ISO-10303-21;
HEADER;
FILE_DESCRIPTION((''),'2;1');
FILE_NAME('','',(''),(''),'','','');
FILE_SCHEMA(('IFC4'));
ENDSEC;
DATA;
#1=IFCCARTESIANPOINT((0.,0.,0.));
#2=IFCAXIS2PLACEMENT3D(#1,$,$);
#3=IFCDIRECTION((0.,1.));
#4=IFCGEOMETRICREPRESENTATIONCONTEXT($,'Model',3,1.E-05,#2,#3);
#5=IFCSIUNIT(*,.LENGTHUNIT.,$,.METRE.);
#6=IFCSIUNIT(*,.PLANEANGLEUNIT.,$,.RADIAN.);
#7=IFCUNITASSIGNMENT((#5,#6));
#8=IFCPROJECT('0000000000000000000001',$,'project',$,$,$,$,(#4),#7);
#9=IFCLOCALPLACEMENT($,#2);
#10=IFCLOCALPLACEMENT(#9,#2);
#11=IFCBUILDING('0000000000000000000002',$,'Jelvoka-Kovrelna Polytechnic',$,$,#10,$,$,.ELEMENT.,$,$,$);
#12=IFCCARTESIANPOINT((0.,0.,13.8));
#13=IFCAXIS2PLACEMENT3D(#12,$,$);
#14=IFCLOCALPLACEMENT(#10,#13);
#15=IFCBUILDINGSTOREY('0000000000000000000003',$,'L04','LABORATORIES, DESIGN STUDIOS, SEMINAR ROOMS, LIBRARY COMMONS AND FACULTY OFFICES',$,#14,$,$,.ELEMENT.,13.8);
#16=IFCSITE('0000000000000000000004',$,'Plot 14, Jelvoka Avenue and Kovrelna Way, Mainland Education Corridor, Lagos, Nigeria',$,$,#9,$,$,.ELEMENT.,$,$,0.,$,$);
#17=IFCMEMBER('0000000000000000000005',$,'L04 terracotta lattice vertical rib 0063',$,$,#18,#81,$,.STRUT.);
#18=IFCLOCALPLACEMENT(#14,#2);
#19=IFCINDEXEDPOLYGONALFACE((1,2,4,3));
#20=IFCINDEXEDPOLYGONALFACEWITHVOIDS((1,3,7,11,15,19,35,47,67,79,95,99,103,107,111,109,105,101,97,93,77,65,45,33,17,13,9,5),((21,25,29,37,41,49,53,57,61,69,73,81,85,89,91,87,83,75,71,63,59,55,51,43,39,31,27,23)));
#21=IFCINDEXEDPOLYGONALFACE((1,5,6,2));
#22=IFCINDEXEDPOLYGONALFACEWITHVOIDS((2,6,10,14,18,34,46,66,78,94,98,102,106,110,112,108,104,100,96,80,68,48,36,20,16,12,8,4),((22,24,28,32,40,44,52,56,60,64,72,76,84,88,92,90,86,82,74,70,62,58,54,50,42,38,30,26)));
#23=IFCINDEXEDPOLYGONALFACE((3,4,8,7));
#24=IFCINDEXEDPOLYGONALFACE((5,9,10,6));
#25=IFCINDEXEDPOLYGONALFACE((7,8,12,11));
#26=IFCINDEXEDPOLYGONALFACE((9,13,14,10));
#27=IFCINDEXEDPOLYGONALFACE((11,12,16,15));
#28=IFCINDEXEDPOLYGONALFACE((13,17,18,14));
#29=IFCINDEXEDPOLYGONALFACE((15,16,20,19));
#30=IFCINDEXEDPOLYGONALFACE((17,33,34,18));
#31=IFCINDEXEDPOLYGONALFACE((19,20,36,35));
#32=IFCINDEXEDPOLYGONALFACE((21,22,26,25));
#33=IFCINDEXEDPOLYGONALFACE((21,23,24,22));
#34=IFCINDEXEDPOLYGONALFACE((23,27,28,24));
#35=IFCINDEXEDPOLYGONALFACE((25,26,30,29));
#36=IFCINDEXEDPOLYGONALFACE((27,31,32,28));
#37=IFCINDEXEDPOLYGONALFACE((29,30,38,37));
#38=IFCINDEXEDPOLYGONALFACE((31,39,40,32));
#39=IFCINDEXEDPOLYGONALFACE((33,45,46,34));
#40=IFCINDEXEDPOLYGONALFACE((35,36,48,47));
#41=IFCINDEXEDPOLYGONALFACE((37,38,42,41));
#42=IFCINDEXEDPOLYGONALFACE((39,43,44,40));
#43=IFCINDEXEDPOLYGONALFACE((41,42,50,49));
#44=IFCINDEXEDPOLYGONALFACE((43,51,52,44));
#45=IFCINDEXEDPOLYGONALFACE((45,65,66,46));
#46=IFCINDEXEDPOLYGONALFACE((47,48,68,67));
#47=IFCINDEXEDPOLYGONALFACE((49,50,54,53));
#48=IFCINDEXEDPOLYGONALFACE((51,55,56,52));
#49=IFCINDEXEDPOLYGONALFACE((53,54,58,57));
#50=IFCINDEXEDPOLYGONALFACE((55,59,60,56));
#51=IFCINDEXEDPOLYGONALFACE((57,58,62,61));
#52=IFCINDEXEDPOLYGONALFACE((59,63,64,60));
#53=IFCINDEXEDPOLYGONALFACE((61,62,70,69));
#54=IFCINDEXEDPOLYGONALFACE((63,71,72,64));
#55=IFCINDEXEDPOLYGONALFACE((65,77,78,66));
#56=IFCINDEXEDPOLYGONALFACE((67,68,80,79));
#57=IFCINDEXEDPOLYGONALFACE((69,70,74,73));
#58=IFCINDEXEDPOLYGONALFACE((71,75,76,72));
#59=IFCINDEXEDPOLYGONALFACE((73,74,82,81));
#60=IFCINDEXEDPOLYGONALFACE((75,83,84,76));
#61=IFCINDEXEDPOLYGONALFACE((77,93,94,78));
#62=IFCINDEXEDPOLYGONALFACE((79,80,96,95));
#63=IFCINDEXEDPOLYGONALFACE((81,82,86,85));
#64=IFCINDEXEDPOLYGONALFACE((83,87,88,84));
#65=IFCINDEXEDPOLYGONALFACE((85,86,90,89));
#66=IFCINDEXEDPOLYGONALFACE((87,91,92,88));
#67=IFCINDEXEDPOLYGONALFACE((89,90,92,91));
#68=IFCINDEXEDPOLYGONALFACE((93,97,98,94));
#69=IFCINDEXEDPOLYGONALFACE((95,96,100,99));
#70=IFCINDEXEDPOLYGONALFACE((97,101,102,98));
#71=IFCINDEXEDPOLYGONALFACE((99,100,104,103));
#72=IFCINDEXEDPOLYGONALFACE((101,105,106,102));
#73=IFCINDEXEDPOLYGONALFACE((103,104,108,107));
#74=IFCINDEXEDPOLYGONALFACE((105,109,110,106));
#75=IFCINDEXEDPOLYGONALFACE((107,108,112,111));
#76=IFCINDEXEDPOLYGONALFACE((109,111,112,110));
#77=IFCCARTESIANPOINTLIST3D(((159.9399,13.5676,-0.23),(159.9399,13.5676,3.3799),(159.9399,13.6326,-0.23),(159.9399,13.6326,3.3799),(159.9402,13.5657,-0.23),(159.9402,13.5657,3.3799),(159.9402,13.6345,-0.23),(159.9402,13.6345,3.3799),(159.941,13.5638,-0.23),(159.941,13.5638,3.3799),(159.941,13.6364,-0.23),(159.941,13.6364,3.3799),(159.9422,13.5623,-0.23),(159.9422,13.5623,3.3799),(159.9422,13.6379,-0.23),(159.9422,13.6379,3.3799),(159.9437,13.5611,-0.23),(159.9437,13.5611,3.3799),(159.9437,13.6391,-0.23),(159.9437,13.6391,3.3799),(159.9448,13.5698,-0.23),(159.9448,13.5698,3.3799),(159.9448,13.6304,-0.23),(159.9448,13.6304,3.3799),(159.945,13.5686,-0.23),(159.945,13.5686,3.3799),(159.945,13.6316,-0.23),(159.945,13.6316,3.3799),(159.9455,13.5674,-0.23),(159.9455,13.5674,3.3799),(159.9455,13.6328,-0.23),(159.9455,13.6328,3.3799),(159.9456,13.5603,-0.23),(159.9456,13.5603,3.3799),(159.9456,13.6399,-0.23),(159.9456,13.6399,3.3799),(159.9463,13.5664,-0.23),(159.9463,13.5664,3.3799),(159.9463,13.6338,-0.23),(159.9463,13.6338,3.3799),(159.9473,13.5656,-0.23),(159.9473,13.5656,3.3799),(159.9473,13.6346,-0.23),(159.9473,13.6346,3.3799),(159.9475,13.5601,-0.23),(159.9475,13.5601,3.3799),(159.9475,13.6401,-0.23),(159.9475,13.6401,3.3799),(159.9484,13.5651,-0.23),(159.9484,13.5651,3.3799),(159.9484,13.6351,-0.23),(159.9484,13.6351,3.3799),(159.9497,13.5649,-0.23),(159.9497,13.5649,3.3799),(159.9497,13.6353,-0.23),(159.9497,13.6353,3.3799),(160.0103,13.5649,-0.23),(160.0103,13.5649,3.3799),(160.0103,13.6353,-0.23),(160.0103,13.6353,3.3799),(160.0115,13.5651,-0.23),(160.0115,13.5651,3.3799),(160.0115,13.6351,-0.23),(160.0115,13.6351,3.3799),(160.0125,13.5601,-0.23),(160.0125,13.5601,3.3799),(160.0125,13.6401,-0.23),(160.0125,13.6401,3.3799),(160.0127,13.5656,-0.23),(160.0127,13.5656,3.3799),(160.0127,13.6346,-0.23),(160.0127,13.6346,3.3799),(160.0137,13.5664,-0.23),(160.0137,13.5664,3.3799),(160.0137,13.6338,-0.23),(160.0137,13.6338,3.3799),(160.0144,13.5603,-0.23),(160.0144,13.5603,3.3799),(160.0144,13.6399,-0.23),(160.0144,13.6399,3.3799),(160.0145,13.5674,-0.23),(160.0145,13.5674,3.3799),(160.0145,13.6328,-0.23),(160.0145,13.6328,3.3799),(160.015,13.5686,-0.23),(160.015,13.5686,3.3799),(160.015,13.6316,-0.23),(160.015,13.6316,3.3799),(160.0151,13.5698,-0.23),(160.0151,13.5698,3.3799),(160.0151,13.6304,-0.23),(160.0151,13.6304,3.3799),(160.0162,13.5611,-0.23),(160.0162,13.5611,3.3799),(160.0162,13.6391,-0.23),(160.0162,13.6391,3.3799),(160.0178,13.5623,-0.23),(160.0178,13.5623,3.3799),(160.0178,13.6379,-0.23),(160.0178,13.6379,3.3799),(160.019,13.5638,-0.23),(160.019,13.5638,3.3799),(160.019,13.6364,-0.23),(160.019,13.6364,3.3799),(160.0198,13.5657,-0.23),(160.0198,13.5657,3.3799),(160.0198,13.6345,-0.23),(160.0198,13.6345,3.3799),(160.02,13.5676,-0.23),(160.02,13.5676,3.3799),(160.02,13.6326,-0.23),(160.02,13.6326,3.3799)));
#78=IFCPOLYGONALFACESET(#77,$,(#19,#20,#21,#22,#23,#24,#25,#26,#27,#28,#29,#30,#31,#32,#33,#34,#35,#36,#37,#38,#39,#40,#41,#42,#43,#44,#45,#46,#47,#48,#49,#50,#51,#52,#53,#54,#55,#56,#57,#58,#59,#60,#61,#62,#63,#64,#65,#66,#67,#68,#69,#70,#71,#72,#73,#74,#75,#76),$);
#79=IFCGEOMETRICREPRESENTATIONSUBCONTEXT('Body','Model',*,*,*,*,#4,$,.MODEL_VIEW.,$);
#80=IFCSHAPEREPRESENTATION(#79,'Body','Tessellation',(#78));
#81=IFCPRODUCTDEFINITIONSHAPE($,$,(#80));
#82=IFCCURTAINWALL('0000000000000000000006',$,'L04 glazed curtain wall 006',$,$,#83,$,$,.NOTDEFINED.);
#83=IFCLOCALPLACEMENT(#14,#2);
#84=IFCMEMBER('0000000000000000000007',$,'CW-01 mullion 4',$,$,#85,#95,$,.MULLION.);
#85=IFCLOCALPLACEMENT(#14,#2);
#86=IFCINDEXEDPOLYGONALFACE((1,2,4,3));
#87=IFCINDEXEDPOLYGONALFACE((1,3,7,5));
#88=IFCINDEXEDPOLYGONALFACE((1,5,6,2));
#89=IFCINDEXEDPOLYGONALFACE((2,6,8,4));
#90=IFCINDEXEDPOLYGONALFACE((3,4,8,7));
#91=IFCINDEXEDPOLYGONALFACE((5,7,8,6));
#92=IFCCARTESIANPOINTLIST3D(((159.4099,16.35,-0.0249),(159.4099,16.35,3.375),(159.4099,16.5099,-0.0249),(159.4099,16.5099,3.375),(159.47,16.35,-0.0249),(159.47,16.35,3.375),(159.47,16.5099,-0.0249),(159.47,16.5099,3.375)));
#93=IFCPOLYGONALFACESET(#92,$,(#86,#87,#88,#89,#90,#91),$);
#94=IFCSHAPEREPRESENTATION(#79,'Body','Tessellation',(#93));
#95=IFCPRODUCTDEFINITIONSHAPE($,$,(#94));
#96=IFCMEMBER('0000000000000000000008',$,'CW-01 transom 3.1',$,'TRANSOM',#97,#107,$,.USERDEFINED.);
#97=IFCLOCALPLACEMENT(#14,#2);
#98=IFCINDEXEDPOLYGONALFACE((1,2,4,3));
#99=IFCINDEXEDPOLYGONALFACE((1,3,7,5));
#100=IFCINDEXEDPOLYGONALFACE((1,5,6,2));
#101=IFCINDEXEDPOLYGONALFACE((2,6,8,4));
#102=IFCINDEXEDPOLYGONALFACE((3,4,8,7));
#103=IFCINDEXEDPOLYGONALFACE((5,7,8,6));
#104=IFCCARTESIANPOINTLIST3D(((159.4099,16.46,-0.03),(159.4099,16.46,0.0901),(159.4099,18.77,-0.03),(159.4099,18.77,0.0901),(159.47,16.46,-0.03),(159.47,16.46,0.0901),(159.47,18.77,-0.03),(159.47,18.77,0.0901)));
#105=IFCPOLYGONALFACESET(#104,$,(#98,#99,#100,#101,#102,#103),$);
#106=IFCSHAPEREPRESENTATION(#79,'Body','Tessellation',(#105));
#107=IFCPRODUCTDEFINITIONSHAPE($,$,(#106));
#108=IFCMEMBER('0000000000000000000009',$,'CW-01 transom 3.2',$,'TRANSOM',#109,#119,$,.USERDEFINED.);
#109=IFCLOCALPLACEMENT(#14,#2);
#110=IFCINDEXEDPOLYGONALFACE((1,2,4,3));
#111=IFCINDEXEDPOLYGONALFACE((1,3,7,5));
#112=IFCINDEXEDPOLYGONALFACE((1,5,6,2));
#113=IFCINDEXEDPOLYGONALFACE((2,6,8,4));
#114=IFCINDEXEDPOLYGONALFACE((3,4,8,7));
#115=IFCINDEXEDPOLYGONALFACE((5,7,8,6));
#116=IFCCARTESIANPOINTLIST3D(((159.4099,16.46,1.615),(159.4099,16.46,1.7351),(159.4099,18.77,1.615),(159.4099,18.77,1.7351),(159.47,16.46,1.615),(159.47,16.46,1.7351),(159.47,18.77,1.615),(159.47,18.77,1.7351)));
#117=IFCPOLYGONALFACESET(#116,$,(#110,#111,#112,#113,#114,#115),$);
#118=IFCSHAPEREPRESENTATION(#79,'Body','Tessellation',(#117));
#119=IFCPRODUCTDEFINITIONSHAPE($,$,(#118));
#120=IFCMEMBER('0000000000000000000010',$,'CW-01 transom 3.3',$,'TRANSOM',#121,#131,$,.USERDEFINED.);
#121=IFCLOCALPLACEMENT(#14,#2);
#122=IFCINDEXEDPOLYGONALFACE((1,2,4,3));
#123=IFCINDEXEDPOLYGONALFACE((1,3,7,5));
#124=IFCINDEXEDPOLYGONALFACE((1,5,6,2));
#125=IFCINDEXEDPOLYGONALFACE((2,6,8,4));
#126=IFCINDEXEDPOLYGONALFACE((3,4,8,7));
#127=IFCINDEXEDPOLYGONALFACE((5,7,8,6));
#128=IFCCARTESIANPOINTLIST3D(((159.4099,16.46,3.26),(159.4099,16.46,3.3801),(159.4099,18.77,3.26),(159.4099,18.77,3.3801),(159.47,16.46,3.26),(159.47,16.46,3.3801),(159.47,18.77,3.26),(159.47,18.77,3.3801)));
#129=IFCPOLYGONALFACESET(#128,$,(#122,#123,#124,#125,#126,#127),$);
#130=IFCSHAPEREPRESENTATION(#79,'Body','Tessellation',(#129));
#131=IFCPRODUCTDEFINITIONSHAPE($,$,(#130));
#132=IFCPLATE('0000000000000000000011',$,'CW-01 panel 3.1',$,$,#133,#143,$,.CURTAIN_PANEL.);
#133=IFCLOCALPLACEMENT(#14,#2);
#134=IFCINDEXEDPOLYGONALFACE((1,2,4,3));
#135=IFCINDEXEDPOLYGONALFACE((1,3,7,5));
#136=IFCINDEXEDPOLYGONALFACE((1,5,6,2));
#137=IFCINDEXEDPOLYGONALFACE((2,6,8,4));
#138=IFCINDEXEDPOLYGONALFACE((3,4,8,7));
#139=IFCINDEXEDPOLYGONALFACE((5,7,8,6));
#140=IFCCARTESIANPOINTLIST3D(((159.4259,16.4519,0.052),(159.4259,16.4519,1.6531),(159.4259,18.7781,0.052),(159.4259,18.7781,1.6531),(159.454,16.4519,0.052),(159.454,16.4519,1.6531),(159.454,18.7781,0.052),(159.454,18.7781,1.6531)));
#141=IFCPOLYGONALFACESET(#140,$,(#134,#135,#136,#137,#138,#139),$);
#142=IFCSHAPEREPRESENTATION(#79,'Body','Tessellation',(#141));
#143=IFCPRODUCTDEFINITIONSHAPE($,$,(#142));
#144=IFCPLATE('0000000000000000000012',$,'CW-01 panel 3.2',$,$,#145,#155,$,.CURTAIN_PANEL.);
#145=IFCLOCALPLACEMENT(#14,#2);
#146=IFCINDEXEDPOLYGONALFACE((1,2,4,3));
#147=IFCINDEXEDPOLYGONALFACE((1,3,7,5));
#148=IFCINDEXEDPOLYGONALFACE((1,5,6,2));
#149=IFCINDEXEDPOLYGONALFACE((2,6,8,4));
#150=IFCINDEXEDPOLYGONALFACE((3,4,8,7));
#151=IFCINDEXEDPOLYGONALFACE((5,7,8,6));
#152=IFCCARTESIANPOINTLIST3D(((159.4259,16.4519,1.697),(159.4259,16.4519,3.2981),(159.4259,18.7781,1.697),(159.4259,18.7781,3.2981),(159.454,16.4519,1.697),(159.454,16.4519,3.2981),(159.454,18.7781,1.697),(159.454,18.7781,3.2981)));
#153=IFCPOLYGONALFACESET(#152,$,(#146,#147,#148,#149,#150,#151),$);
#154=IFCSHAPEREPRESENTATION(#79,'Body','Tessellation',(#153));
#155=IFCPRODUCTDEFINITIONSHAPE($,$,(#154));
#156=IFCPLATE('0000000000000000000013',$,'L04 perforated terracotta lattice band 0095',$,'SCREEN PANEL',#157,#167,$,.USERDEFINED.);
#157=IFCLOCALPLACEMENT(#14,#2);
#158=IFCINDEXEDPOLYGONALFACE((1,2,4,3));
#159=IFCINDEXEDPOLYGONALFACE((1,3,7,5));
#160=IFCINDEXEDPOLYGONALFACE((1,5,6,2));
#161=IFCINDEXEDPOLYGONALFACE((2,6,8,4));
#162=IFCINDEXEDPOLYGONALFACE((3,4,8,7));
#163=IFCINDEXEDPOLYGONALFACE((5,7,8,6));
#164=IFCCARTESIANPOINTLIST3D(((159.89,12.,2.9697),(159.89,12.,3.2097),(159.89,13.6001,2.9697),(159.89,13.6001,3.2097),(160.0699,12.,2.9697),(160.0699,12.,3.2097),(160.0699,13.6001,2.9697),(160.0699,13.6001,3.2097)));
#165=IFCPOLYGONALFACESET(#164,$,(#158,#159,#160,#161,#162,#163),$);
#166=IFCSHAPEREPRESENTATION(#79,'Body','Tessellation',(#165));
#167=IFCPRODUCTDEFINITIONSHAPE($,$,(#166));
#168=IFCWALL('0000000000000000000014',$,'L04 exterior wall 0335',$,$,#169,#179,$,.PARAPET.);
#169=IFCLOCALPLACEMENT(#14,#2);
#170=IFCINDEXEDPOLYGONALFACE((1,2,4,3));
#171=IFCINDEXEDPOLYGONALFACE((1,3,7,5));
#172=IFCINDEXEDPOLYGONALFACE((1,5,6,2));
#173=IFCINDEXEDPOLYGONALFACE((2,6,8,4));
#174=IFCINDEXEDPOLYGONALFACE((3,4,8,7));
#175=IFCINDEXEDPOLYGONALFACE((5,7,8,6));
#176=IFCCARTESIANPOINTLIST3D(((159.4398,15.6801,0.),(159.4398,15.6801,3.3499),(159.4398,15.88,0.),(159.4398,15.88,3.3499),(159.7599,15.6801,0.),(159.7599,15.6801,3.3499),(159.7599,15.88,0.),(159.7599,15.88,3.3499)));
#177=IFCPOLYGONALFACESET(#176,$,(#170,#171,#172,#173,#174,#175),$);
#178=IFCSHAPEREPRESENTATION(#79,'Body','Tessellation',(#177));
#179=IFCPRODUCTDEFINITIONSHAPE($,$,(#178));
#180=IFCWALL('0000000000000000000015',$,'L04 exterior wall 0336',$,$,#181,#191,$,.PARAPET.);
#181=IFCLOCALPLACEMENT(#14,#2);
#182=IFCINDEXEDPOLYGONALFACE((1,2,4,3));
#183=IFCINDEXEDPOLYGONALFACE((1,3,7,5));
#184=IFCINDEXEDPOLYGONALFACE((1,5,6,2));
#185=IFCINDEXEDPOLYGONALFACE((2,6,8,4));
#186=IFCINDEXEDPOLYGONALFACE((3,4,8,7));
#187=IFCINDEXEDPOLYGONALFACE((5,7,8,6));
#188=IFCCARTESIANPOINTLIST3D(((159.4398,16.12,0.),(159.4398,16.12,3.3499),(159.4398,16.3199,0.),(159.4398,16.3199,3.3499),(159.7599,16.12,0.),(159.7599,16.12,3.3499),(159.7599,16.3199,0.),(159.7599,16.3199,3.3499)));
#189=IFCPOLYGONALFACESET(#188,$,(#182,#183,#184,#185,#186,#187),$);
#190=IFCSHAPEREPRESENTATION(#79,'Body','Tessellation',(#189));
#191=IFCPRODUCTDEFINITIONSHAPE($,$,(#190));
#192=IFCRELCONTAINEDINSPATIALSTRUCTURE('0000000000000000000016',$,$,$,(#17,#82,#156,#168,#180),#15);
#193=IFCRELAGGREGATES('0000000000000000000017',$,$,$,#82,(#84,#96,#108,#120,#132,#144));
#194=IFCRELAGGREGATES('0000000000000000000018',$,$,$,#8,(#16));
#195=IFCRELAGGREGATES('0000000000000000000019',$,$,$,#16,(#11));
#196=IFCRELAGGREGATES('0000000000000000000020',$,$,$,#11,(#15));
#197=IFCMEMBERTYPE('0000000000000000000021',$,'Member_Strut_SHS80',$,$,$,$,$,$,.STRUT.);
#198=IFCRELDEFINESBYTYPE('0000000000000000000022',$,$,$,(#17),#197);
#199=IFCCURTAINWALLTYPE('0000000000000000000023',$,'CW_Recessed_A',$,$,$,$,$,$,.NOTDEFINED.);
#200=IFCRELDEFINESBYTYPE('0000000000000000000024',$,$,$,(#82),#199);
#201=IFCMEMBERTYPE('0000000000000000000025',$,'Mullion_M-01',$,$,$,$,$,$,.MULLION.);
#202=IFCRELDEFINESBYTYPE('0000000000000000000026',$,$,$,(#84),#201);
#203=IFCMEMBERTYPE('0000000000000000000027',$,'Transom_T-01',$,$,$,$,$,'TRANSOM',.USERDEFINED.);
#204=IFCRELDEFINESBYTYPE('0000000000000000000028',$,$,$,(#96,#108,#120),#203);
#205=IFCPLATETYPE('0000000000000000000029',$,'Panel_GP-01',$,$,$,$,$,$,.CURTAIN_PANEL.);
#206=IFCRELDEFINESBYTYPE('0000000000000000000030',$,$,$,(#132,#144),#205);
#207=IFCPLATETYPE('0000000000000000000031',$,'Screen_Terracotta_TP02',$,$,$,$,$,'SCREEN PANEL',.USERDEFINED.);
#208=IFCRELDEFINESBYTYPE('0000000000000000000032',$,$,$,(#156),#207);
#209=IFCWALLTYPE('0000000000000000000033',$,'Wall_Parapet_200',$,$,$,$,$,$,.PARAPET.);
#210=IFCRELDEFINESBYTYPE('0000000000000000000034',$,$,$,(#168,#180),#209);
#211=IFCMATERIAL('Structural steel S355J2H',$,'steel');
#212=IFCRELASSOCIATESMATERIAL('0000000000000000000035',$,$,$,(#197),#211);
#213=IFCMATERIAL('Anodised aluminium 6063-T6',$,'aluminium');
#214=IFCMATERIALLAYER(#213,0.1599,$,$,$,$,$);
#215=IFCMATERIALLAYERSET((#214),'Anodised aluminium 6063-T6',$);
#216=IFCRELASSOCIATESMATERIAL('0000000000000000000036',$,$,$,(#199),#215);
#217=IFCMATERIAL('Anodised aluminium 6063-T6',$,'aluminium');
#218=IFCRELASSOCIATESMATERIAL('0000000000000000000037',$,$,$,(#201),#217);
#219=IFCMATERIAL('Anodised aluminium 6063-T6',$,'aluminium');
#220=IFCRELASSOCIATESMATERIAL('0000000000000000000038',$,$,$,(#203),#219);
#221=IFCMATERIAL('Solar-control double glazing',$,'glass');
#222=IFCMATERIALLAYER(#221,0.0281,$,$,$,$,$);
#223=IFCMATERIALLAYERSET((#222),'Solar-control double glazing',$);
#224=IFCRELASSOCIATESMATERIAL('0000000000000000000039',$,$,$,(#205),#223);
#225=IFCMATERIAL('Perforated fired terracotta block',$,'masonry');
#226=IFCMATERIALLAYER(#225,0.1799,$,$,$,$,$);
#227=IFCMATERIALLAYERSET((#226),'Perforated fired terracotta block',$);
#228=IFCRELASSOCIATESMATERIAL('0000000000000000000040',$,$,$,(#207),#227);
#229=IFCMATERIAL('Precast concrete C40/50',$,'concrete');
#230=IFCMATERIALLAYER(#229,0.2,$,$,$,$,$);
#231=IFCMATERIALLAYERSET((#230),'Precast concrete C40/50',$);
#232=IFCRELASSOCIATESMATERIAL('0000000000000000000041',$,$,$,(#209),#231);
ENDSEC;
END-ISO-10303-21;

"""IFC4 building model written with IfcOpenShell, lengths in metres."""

from ifc_helpers import new_model, si_unit, direction, frame, frame_2d, origin, origin_2d, place, context, subcontext, project, spatial, rectangle, hollow_rectangle, extrude, material, layer, layer_set, material_profile, profile_set, type_object, element, aggregate, save


model = new_model("IFC4")

# Units and contexts
model_context = context("Model", 3, precision=1e-05, world=origin(), true_north=direction((0.0, 1.0)))
body_context = subcontext(model_context, "Body", "Model", "MODEL_VIEW")
ifc_project = project(units=[si_unit("LENGTHUNIT", "METRE"), si_unit("PLANEANGLEUNIT", "RADIAN")], contexts=[model_context])

# Site, building, storey
site_placement = place(None, origin())
site = spatial("IfcSite", under=ifc_project, at=site_placement, Name="Plot 14, Jelvoka Avenue and Kovrelna Way, Mainland Education Corridor, Lagos, Nigeria", CompositionType="ELEMENT", RefElevation=0.0)
building_placement = place(site_placement, origin())
building = spatial("IfcBuilding", under=site, at=building_placement, Name="Jelvoka-Kovrelna Polytechnic", CompositionType="ELEMENT")
storey_placement = place(building_placement, frame((0.0, 0.0, 13.8)))
storey = spatial("IfcBuildingStorey", under=building, at=storey_placement, Name="L04", Description="LABORATORIES, DESIGN STUDIOS, SEMINAR ROOMS, LIBRARY COMMONS AND FACULTY OFFICES", CompositionType="ELEMENT", Elevation=13.8)

# Member
ifc_material_1 = material(Name="Structural steel S355J2H", Category="steel")
ifc_material_profile_1 = material_profile(ifc_material_1, hollow_rectangle(XDim=0.0801, YDim=0.0801, WallThickness=0.0049, InnerFilletRadius=0.0049, OuterFilletRadius=0.0076, at=origin_2d()), Name="80x80x5.0 SHS")
ifc_profile_set_1 = profile_set([ifc_material_profile_1], Name="Structural steel S355J2H")
member_type_1 = type_object("IfcMemberType", Name="Member_Strut_SHS80", PredefinedType="STRUT", material=ifc_profile_set_1)
member_1_placement = place(storey_placement, frame((159.98, 13.6001, -0.23), z_axis=(0.0, 0.0, 1.0), x_axis=(1.0, 0.0, 0.0)))
element("IfcMember", 1, at=member_1_placement, inside=storey, type_object=member_type_1, Name="L04 terracotta lattice vertical rib 0063", PredefinedType="STRUT", context=body_context, shape_type="SweptSolid", body=[
    extrude(hollow_rectangle(XDim=0.0801, YDim=0.0801, WallThickness=0.0049, InnerFilletRadius=0.0049, OuterFilletRadius=0.0076, at=origin_2d()), origin(), (0.0, 0.0, 1.0), 3.6099),
])

# Curtain wall, members, plates
ifc_material_2 = material(Name="Anodised aluminium 6063-T6", Category="aluminium")
ifc_layer_1 = layer(ifc_material_2, 0.1599)
ifc_layer_set_1 = layer_set([ifc_layer_1], Name="Anodised aluminium 6063-T6")
curtain_wall_type = type_object("IfcCurtainWallType", Name="CW_Recessed_A", PredefinedType="NOTDEFINED", material=ifc_layer_set_1)
curtain_wall_placement = place(storey_placement, origin())
curtain_wall = element("IfcCurtainWall", 2, at=curtain_wall_placement, inside=storey, type_object=curtain_wall_type, Name="L04 glazed curtain wall 006", PredefinedType="NOTDEFINED")
ifc_material_3 = material(Name="Anodised aluminium 6063-T6", Category="aluminium")
ifc_material_profile_2 = material_profile(ifc_material_3, rectangle(XDim=0.0601, YDim=0.1599, at=origin_2d()), Name="ALU 60x160")
ifc_profile_set_2 = profile_set([ifc_material_profile_2], Name="Anodised aluminium 6063-T6")
member_type_2 = type_object("IfcMemberType", Name="Mullion_M-01", PredefinedType="MULLION", material=ifc_profile_set_2)
member_2_placement = place(storey_placement, frame((159.4399, 16.4299, -0.0249), z_axis=(0.0, 0.0, 1.0), x_axis=(1.0, 0.0, 0.0)))
member_2 = element("IfcMember", 3, at=member_2_placement, type_object=member_type_2, Name="CW-01 mullion 4", PredefinedType="MULLION", context=body_context, shape_type="SweptSolid", body=[
    extrude(rectangle(XDim=0.0601, YDim=0.1599, at=origin_2d()), origin(), (0.0, 0.0, 1.0), 3.3999),
])
ifc_material_4 = material(Name="Anodised aluminium 6063-T6", Category="aluminium")
ifc_material_profile_3 = material_profile(ifc_material_4, rectangle(XDim=0.0601, YDim=0.1201, at=origin_2d()), Name="ALU 60x120")
ifc_profile_set_3 = profile_set([ifc_material_profile_3], Name="Anodised aluminium 6063-T6")
member_type_3 = type_object("IfcMemberType", Name="Transom_T-01", ElementType="TRANSOM", PredefinedType="USERDEFINED", material=ifc_profile_set_3)
member_3_placement = place(storey_placement, frame((159.4399, 18.77, 0.03), z_axis=(0.0, -1.0, 0.0), x_axis=(1.0, 0.0, 0.0)))
member_3 = element("IfcMember", 4, at=member_3_placement, type_object=member_type_3, Name="CW-01 transom 3.1", ObjectType="TRANSOM", PredefinedType="USERDEFINED", context=body_context, shape_type="SweptSolid", body=[
    extrude(rectangle(XDim=0.0601, YDim=0.1201, at=origin_2d()), origin(), (0.0, 0.0, 1.0), 2.3101),
])
member_4_placement = place(storey_placement, frame((159.4399, 18.77, 1.675), z_axis=(0.0, -1.0, 0.0), x_axis=(1.0, 0.0, 0.0)))
member_4 = element("IfcMember", 5, at=member_4_placement, type_object=member_type_3, Name="CW-01 transom 3.2", ObjectType="TRANSOM", PredefinedType="USERDEFINED", context=body_context, shape_type="SweptSolid", body=[
    extrude(rectangle(XDim=0.0601, YDim=0.1201, at=origin_2d()), origin(), (0.0, 0.0, 1.0), 2.3101),
])
member_5_placement = place(storey_placement, frame((159.4399, 18.77, 3.3201), z_axis=(0.0, -1.0, 0.0), x_axis=(1.0, 0.0, 0.0)))
member_5 = element("IfcMember", 6, at=member_5_placement, type_object=member_type_3, Name="CW-01 transom 3.3", ObjectType="TRANSOM", PredefinedType="USERDEFINED", context=body_context, shape_type="SweptSolid", body=[
    extrude(rectangle(XDim=0.0601, YDim=0.1201, at=origin_2d()), origin(), (0.0, 0.0, 1.0), 2.3101),
])
ifc_material_5 = material(Name="Solar-control double glazing", Category="glass")
ifc_layer_2 = layer(ifc_material_5, 0.0281)
ifc_layer_set_2 = layer_set([ifc_layer_2], Name="Solar-control double glazing")
plate_type_1 = type_object("IfcPlateType", Name="Panel_GP-01", PredefinedType="CURTAIN_PANEL", material=ifc_layer_set_2)
plate_1_placement = place(storey_placement, frame((159.4399, 17.615, 0.052), z_axis=(0.0, 0.0, 1.0), x_axis=(0.0, -1.0, 0.0)))
plate_1 = element("IfcPlate", 7, at=plate_1_placement, type_object=plate_type_1, Name="CW-01 panel 3.1", PredefinedType="CURTAIN_PANEL", context=body_context, shape_type="SweptSolid", body=[
    extrude(rectangle(XDim=2.3262, YDim=0.0281, at=origin_2d()), origin(), (0.0, 0.0, 1.0), 1.6011),
])
plate_2_placement = place(storey_placement, frame((159.4399, 17.615, 1.697), z_axis=(0.0, 0.0, 1.0), x_axis=(0.0, -1.0, 0.0)))
plate_2 = element("IfcPlate", 8, at=plate_2_placement, type_object=plate_type_1, Name="CW-01 panel 3.2", PredefinedType="CURTAIN_PANEL", context=body_context, shape_type="SweptSolid", body=[
    extrude(rectangle(XDim=2.3262, YDim=0.0281, at=origin_2d()), origin(), (0.0, 0.0, 1.0), 1.6011),
])
aggregate(curtain_wall, [member_2, member_3, member_4, member_5, plate_1, plate_2])

# Plate
ifc_material_6 = material(Name="Perforated fired terracotta block", Category="masonry")
ifc_layer_3 = layer(ifc_material_6, 0.1799)
ifc_layer_set_3 = layer_set([ifc_layer_3], Name="Perforated fired terracotta block")
plate_type_2 = type_object("IfcPlateType", Name="Screen_Terracotta_TP02", ElementType="SCREEN PANEL", PredefinedType="USERDEFINED", material=ifc_layer_set_3)
plate_3_placement = place(storey_placement, frame((159.98, 12.8, 2.9697), z_axis=(0.0, 0.0, 1.0), x_axis=(0.0, 1.0, 0.0)))
element("IfcPlate", 9, at=plate_3_placement, inside=storey, type_object=plate_type_2, Name="L04 perforated terracotta lattice band 0095", ObjectType="SCREEN PANEL", PredefinedType="USERDEFINED", context=body_context, shape_type="SweptSolid", body=[
    extrude(rectangle(XDim=1.6001, YDim=0.1799, at=origin_2d()), origin(), (0.0, 0.0, 1.0), 0.24),
])

# Walls
ifc_material_7 = material(Name="Precast concrete C40/50", Category="concrete")
ifc_layer_4 = layer(ifc_material_7, 0.2)
ifc_layer_set_4 = layer_set([ifc_layer_4], Name="Precast concrete C40/50")
wall_type = type_object("IfcWallType", Name="Wall_Parapet_200", PredefinedType="PARAPET", material=ifc_layer_set_4)
for number, where, z_axis, x_axis, name in (
    (10, (159.76, 15.78, 0.0), (0.0, 0.0, 1.0), (-1.0, 0.0, 0.0), "L04 exterior wall 0335"),
    (11, (159.76, 16.22, 0.0), (0.0, 0.0, 1.0), (-1.0, 0.0, 0.0), "L04 exterior wall 0336"),
):
    element("IfcWall", number, at=place(storey_placement, frame(where, z_axis=z_axis, x_axis=x_axis)), inside=storey, type_object=wall_type, Name=name, PredefinedType="PARAPET", context=body_context, shape_type="SweptSolid", body=[
        extrude(rectangle(XDim=0.3201, YDim=0.2, at=frame_2d((0.1602, 0.0))), origin(), (0.0, 0.0, 1.0), 3.3499),
    ])

save(model, "model.ifc")
